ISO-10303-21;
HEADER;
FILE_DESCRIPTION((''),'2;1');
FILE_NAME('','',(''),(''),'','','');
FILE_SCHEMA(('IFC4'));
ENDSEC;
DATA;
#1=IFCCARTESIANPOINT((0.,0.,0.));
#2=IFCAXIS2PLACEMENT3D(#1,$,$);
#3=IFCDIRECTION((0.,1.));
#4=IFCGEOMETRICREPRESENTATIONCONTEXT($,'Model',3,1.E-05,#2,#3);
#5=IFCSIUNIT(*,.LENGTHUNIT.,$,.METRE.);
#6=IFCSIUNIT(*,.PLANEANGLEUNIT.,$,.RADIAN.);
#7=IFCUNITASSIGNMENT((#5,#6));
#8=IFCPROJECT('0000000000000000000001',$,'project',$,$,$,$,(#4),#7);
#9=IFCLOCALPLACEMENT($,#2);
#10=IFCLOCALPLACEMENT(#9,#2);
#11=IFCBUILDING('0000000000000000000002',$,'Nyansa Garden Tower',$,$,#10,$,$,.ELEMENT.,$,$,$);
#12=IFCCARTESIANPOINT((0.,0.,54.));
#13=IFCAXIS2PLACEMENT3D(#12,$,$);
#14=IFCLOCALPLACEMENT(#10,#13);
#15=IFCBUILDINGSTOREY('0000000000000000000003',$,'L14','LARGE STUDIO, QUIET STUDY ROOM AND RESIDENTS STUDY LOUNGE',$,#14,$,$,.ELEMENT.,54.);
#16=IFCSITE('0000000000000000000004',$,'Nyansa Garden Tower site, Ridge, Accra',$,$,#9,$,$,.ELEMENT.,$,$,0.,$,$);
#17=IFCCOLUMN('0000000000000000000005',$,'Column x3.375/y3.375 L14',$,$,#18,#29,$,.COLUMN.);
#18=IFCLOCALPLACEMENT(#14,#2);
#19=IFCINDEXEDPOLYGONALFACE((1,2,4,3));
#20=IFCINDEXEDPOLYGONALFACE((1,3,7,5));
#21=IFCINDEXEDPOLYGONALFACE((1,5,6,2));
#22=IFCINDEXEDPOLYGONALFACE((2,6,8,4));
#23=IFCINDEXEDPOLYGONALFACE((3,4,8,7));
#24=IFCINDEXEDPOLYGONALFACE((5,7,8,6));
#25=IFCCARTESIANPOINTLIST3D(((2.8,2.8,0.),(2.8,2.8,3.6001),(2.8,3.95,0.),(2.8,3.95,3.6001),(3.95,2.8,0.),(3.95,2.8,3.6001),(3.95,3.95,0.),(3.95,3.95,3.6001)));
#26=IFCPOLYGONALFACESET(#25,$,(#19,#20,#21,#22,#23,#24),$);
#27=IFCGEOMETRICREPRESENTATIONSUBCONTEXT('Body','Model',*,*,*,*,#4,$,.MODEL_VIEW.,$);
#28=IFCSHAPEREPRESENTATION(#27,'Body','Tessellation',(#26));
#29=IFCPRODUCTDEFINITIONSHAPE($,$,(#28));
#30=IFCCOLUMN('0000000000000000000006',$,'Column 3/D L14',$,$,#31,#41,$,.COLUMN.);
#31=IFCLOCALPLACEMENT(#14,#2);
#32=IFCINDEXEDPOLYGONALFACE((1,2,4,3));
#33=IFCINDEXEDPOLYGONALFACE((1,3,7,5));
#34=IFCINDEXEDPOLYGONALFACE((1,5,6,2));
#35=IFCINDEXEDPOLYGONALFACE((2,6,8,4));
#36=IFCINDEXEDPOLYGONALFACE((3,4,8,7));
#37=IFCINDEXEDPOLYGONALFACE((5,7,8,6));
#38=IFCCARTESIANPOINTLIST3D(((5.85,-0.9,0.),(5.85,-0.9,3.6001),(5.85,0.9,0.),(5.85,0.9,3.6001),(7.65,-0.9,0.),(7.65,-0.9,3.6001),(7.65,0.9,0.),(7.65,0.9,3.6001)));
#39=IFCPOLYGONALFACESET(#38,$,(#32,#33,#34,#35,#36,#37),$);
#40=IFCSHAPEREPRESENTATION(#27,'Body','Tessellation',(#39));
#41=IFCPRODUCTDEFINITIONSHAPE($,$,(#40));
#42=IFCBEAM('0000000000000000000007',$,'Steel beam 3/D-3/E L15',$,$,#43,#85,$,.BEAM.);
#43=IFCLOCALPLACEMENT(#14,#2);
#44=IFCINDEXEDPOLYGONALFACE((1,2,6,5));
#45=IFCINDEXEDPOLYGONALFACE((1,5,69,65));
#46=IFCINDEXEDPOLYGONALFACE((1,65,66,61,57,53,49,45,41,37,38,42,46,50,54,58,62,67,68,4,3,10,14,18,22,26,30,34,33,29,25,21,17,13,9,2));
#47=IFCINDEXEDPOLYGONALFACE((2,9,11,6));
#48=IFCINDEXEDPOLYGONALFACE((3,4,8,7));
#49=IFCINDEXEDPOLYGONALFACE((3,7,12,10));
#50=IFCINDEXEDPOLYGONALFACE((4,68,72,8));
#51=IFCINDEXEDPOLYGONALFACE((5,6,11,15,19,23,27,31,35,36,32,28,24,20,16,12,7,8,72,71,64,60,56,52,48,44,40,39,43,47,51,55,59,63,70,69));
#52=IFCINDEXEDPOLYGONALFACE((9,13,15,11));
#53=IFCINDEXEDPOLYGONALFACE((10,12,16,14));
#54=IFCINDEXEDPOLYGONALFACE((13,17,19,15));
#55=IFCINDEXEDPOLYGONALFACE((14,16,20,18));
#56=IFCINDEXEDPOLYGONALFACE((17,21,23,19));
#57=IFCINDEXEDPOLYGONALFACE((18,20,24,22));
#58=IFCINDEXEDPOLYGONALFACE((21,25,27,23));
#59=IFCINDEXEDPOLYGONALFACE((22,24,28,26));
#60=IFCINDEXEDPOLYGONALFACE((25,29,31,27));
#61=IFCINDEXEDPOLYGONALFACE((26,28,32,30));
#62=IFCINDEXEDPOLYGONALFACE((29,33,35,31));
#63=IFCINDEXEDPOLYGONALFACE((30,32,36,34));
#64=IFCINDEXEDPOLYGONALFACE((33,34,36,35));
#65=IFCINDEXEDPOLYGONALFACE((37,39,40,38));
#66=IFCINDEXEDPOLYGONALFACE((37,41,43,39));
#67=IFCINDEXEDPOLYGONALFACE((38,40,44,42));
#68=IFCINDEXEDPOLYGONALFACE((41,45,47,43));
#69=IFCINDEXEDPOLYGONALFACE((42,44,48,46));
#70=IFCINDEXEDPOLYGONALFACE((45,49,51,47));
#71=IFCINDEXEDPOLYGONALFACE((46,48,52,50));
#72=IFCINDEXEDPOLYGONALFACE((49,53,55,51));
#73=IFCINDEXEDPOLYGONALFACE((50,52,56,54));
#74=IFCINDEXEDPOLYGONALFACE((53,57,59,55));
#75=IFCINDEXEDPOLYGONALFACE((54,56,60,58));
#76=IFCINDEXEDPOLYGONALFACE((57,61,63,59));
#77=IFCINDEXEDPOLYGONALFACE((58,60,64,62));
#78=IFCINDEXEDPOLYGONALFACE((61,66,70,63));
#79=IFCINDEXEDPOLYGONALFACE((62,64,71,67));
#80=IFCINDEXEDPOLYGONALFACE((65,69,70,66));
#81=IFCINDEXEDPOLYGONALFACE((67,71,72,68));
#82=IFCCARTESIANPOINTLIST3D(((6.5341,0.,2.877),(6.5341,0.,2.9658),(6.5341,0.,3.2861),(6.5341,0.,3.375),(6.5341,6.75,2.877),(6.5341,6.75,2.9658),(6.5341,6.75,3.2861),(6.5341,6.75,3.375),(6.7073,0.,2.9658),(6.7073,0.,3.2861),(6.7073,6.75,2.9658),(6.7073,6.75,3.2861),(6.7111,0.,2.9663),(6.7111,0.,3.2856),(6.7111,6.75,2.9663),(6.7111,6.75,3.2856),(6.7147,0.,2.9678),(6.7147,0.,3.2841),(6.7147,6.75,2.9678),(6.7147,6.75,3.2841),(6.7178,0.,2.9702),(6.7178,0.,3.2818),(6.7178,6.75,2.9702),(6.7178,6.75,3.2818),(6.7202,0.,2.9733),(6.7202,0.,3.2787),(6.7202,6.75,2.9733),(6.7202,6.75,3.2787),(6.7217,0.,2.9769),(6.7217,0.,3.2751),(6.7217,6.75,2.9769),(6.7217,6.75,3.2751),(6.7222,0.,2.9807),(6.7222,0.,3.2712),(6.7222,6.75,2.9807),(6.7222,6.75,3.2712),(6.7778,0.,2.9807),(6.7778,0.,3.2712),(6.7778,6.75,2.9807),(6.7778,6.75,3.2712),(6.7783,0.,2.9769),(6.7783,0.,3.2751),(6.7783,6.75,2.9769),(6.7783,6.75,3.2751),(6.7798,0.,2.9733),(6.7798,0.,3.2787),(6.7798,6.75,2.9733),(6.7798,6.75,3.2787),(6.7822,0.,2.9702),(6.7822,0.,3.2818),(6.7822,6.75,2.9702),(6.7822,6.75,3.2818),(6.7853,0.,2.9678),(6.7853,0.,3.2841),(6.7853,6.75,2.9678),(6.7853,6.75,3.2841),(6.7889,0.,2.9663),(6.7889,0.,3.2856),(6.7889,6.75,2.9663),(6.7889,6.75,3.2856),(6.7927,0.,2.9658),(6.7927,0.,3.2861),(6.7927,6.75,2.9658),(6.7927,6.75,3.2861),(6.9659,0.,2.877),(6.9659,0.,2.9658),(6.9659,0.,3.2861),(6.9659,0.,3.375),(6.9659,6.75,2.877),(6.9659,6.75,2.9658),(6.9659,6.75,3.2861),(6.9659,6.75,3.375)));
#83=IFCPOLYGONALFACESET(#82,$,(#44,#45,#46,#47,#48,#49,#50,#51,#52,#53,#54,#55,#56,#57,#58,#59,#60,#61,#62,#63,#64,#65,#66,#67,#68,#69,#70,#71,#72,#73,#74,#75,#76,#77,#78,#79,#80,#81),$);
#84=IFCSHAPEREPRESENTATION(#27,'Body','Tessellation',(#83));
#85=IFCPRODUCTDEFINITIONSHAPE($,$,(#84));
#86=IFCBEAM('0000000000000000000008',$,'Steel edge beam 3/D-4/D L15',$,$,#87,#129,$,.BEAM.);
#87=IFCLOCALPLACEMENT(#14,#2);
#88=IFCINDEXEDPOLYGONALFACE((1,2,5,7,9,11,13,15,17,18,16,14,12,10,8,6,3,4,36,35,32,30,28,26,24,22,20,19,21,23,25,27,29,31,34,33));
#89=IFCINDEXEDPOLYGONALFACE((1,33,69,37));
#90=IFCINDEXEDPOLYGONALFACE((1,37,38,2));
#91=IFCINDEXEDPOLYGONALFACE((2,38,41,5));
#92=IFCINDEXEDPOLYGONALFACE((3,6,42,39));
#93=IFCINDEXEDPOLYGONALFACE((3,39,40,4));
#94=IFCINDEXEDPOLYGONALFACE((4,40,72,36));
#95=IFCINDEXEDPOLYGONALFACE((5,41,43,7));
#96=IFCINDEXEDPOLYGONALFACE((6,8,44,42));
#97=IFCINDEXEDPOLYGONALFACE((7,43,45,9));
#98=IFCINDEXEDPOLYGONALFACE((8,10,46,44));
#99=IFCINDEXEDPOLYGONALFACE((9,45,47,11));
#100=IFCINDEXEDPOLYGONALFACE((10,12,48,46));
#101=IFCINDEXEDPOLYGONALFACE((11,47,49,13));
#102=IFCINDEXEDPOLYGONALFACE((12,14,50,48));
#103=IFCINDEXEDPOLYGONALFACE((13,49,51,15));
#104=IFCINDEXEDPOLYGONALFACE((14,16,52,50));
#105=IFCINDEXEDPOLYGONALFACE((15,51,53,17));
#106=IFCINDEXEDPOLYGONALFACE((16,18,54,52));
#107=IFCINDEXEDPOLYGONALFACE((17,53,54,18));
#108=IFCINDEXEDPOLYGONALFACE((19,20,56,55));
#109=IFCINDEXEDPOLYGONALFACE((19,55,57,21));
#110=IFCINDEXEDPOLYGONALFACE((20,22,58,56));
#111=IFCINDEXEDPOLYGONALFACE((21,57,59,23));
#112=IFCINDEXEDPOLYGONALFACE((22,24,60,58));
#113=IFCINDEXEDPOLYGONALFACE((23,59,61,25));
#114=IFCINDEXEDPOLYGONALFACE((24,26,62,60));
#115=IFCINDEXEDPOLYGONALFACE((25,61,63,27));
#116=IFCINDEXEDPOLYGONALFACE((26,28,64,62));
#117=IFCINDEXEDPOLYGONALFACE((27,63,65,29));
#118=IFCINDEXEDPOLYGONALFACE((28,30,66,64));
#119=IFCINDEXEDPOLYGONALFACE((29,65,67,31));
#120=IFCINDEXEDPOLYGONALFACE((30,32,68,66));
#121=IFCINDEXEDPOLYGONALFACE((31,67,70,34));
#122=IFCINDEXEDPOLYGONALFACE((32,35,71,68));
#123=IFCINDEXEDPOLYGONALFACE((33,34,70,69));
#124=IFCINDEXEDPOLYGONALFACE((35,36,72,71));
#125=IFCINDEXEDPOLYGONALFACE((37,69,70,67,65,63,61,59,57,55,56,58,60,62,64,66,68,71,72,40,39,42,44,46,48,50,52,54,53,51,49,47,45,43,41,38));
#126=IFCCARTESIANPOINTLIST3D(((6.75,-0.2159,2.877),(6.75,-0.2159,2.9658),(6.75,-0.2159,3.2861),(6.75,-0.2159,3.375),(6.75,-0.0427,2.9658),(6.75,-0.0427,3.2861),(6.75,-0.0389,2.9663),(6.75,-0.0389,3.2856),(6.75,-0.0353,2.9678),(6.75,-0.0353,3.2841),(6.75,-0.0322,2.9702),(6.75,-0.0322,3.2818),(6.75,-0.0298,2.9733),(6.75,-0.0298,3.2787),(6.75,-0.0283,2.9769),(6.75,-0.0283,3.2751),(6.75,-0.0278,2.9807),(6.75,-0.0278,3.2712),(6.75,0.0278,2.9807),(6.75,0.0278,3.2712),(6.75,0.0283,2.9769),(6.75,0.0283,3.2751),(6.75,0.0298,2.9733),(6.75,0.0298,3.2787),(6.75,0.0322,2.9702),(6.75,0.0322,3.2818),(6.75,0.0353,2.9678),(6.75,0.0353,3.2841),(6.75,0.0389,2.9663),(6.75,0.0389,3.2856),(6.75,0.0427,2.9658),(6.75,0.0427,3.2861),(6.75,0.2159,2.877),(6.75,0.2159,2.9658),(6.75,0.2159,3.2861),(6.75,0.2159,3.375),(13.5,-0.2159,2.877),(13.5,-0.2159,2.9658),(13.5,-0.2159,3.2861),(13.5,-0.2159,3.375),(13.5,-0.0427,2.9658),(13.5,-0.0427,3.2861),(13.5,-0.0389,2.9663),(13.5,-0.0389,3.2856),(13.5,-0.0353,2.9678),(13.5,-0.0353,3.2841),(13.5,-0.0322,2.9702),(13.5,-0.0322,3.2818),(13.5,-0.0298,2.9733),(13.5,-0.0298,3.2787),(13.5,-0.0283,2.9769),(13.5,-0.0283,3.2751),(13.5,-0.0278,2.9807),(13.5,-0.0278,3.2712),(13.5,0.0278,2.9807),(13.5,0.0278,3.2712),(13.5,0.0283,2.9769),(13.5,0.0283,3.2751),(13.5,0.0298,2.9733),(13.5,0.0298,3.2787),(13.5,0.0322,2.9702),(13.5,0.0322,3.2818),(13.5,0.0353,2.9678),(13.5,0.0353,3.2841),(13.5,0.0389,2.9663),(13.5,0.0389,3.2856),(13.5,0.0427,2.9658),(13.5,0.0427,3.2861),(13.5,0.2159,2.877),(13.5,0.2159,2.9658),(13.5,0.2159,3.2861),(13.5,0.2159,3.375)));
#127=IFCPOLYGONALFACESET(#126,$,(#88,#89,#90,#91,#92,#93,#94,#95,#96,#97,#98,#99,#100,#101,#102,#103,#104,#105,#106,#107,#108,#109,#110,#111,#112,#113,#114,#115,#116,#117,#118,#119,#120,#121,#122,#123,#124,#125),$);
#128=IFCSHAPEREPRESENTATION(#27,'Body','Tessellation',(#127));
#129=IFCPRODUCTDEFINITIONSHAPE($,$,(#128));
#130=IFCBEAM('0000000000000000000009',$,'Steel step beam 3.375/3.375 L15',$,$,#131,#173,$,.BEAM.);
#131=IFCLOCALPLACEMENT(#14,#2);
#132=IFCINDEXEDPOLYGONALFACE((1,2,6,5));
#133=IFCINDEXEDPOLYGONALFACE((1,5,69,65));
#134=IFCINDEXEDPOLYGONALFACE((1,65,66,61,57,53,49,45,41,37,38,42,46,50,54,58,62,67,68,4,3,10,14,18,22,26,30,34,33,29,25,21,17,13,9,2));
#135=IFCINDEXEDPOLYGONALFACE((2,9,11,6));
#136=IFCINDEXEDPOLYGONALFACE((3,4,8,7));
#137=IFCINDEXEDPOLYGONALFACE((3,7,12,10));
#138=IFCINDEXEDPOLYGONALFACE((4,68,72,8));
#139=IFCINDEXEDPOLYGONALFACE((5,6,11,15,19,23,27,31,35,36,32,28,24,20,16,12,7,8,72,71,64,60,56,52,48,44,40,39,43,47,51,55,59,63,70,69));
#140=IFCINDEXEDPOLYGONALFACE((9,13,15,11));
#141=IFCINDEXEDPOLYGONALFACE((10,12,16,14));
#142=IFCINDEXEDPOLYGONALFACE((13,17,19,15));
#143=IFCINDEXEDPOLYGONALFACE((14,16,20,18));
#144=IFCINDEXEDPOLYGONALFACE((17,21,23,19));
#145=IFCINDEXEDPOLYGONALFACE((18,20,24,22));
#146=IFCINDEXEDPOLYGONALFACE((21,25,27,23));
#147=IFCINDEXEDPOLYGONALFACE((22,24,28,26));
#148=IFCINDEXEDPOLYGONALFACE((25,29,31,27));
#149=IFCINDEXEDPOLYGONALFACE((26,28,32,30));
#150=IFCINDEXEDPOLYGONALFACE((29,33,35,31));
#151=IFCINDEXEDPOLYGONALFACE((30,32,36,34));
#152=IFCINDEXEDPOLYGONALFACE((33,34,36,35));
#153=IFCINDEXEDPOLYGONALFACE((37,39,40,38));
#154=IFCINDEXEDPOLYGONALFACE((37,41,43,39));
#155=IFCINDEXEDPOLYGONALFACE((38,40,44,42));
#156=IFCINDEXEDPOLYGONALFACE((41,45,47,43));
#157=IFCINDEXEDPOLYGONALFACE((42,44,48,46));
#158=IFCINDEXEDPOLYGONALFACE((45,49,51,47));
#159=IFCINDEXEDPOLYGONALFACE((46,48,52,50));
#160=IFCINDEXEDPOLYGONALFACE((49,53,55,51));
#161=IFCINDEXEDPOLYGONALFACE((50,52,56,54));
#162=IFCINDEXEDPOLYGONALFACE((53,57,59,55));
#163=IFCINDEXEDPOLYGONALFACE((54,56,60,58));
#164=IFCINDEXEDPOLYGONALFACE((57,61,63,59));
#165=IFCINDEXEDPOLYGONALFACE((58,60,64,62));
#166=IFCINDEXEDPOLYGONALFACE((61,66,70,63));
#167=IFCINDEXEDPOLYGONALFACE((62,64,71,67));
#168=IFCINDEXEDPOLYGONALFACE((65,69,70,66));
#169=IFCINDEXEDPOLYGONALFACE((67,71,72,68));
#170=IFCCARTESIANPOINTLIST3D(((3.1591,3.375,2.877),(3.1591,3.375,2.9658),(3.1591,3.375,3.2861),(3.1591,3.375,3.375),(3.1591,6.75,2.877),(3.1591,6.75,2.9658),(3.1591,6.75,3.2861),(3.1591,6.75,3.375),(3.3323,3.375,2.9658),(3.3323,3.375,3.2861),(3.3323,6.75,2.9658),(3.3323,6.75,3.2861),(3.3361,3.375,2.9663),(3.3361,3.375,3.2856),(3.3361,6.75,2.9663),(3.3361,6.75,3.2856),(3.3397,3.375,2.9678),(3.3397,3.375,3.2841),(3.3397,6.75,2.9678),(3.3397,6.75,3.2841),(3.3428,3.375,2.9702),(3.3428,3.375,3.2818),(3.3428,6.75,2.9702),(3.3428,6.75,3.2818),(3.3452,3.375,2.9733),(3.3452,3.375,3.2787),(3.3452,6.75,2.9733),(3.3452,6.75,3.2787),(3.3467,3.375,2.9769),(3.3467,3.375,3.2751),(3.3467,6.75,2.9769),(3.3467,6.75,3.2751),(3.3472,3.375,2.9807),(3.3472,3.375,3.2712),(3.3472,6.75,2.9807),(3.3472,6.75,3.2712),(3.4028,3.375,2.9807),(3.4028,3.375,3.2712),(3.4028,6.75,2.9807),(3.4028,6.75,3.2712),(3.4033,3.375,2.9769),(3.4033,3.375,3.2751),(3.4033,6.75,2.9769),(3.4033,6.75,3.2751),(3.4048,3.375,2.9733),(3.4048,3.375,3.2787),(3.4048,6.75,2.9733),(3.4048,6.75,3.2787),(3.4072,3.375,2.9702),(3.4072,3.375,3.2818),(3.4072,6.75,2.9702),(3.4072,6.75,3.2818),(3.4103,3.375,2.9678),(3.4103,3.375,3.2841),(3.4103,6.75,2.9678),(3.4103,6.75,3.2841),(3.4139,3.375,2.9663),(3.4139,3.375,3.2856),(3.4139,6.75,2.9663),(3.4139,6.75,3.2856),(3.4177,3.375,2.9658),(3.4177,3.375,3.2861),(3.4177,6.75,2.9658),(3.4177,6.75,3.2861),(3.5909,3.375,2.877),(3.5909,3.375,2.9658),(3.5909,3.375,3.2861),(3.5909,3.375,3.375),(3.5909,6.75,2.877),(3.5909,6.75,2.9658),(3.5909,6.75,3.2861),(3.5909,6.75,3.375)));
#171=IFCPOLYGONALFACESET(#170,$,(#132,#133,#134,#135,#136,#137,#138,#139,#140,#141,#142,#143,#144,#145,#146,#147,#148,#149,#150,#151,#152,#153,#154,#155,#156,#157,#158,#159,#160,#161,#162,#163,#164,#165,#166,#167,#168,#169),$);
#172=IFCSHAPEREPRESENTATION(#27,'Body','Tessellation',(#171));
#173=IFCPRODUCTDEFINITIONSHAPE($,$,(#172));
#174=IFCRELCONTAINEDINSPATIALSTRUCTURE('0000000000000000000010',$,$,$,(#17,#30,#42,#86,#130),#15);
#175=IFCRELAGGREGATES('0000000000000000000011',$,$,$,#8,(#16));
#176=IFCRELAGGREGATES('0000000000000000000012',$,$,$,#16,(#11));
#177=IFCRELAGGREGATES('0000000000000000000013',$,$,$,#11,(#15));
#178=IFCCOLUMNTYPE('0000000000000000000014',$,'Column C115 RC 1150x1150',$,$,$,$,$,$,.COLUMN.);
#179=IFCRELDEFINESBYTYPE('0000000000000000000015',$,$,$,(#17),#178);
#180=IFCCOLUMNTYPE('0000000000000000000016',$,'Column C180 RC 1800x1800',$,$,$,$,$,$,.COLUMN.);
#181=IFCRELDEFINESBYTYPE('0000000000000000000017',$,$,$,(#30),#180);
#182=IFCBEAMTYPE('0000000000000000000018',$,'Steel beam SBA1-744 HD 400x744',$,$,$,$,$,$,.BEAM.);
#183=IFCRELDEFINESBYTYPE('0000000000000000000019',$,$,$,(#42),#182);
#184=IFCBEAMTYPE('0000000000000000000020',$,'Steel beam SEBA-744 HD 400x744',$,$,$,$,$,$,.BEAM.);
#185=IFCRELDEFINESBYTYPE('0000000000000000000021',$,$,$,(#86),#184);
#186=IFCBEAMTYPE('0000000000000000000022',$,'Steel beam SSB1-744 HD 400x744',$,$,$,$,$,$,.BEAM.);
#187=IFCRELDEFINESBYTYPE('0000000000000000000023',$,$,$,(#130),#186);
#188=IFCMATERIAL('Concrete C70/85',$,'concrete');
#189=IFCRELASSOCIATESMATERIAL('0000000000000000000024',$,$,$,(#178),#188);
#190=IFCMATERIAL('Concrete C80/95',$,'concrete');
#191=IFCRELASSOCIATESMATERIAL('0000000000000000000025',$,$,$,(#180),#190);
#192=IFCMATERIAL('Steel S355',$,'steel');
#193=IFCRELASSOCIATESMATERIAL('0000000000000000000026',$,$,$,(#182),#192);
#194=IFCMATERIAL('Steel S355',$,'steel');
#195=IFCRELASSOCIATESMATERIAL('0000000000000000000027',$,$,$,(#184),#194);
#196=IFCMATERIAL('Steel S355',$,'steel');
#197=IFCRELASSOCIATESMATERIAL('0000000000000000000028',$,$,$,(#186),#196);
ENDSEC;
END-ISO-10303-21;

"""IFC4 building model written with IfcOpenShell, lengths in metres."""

from ifc_helpers import new_model, si_unit, direction, frame, origin, origin_2d, place, context, subcontext, project, spatial, rectangle, i_section, extrude, material, material_profile, profile_set, type_object, element, save


model = new_model("IFC4")

# Units and contexts
model_context = context("Model", 3, precision=1e-05, world=origin(), true_north=direction((0.0, 1.0)))
body_context = subcontext(model_context, "Body", "Model", "MODEL_VIEW")
ifc_project = project(units=[si_unit("LENGTHUNIT", "METRE"), si_unit("PLANEANGLEUNIT", "RADIAN")], contexts=[model_context])

# Site, building, storey
site_placement = place(None, origin())
site = spatial("IfcSite", under=ifc_project, at=site_placement, Name="Nyansa Garden Tower site, Ridge, Accra", CompositionType="ELEMENT", RefElevation=0.0)
building_placement = place(site_placement, origin())
building = spatial("IfcBuilding", under=site, at=building_placement, Name="Nyansa Garden Tower", CompositionType="ELEMENT")
storey_placement = place(building_placement, frame((0.0, 0.0, 54.0)))
storey = spatial("IfcBuildingStorey", under=building, at=storey_placement, Name="L14", Description="LARGE STUDIO, QUIET STUDY ROOM AND RESIDENTS STUDY LOUNGE", CompositionType="ELEMENT", Elevation=54.0)

# Columns
ifc_material_1 = material(Name="Concrete C70/85", Category="concrete")
ifc_material_profile_1 = material_profile(ifc_material_1, rectangle(XDim=1.1499, YDim=1.1499, at=origin_2d()), Name="RC 1150x1150")
ifc_profile_set_1 = profile_set([ifc_material_profile_1], Name="Concrete C70/85")
column_type_1 = type_object("IfcColumnType", Name="Column C115 RC 1150x1150", PredefinedType="COLUMN", material=ifc_profile_set_1)
column_1_placement = place(storey_placement, frame((3.375, 3.375, 0.0), z_axis=(0.0, 0.0, 1.0), x_axis=(1.0, 0.0, 0.0)))
element("IfcColumn", 1, at=column_1_placement, inside=storey, type_object=column_type_1, Name="Column x3.375/y3.375 L14", PredefinedType="COLUMN", context=body_context, shape_type="SweptSolid", body=[
    extrude(rectangle(XDim=1.1499, YDim=1.1499, at=origin_2d()), origin(), (0.0, 0.0, 1.0), 3.6001),
])
ifc_material_2 = material(Name="Concrete C80/95", Category="concrete")
ifc_material_profile_2 = material_profile(ifc_material_2, rectangle(XDim=1.8, YDim=1.8, at=origin_2d()), Name="RC 1800x1800")
ifc_profile_set_2 = profile_set([ifc_material_profile_2], Name="Concrete C80/95")
column_type_2 = type_object("IfcColumnType", Name="Column C180 RC 1800x1800", PredefinedType="COLUMN", material=ifc_profile_set_2)
column_2_placement = place(storey_placement, frame((6.75, 0.0, 0.0), z_axis=(0.0, 0.0, 1.0), x_axis=(1.0, 0.0, 0.0)))
element("IfcColumn", 2, at=column_2_placement, inside=storey, type_object=column_type_2, Name="Column 3/D L14", PredefinedType="COLUMN", context=body_context, shape_type="SweptSolid", body=[
    extrude(rectangle(XDim=1.8, YDim=1.8, at=origin_2d()), origin(), (0.0, 0.0, 1.0), 3.6001),
])

# Beams
ifc_material_3 = material(Name="Steel S355", Category="steel")
ifc_material_profile_3 = material_profile(ifc_material_3, i_section(OverallWidth=0.4319, OverallDepth=0.498, WebThickness=0.0557, FlangeThickness=0.0889, FilletRadius=0.0149, at=origin_2d()), Name="HD 400x744")
ifc_profile_set_3 = profile_set([ifc_material_profile_3], Name="Steel S355")
beam_type_1 = type_object("IfcBeamType", Name="Steel beam SBA1-744 HD 400x744", PredefinedType="BEAM", material=ifc_profile_set_3)
beam_1_placement = place(storey_placement, frame((6.75, 0.0, 3.126), z_axis=(0.0, 1.0, 0.0), x_axis=(-1.0, 0.0, 0.0)))
element("IfcBeam", 3, at=beam_1_placement, inside=storey, type_object=beam_type_1, Name="Steel beam 3/D-3/E L15", PredefinedType="BEAM", context=body_context, shape_type="SweptSolid", body=[
    extrude(i_section(OverallWidth=0.4319, OverallDepth=0.498, WebThickness=0.0557, FlangeThickness=0.0889, FilletRadius=0.0149, at=origin_2d()), origin(), (0.0, 0.0, 1.0), 6.75),
])
ifc_material_4 = material(Name="Steel S355", Category="steel")
ifc_material_profile_4 = material_profile(ifc_material_4, i_section(OverallWidth=0.4319, OverallDepth=0.498, WebThickness=0.0557, FlangeThickness=0.0889, FilletRadius=0.0149, at=origin_2d()), Name="HD 400x744")
ifc_profile_set_4 = profile_set([ifc_material_profile_4], Name="Steel S355")
beam_type_2 = type_object("IfcBeamType", Name="Steel beam SEBA-744 HD 400x744", PredefinedType="BEAM", material=ifc_profile_set_4)
beam_2_placement = place(storey_placement, frame((6.75, 0.0, 3.126), z_axis=(1.0, 0.0, 0.0), x_axis=(0.0, 1.0, 0.0)))
element("IfcBeam", 4, at=beam_2_placement, inside=storey, type_object=beam_type_2, Name="Steel edge beam 3/D-4/D L15", PredefinedType="BEAM", context=body_context, shape_type="SweptSolid", body=[
    extrude(i_section(OverallWidth=0.4319, OverallDepth=0.498, WebThickness=0.0557, FlangeThickness=0.0889, FilletRadius=0.0149, at=origin_2d()), origin(), (0.0, 0.0, 1.0), 6.75),
])
ifc_material_5 = material(Name="Steel S355", Category="steel")
ifc_material_profile_5 = material_profile(ifc_material_5, i_section(OverallWidth=0.4319, OverallDepth=0.498, WebThickness=0.0557, FlangeThickness=0.0889, FilletRadius=0.0149, at=origin_2d()), Name="HD 400x744")
ifc_profile_set_5 = profile_set([ifc_material_profile_5], Name="Steel S355")
beam_type_3 = type_object("IfcBeamType", Name="Steel beam SSB1-744 HD 400x744", PredefinedType="BEAM", material=ifc_profile_set_5)
for number, where, z_axis, x_axis, name in (
    (5, (3.375, 3.375, 3.126), (0.0, 1.0, 0.0), (-1.0, 0.0, 0.0), "Steel step beam 3.375/3.375 L15"),
):
    element("IfcBeam", number, at=place(storey_placement, frame(where, z_axis=z_axis, x_axis=x_axis)), inside=storey, type_object=beam_type_3, Name=name, PredefinedType="BEAM", context=body_context, shape_type="SweptSolid", body=[
        extrude(i_section(OverallWidth=0.4319, OverallDepth=0.498, WebThickness=0.0557, FlangeThickness=0.0889, FilletRadius=0.0149, at=origin_2d()), origin(), (0.0, 0.0, 1.0), 3.375),
    ])

save(model, "model.ifc")
